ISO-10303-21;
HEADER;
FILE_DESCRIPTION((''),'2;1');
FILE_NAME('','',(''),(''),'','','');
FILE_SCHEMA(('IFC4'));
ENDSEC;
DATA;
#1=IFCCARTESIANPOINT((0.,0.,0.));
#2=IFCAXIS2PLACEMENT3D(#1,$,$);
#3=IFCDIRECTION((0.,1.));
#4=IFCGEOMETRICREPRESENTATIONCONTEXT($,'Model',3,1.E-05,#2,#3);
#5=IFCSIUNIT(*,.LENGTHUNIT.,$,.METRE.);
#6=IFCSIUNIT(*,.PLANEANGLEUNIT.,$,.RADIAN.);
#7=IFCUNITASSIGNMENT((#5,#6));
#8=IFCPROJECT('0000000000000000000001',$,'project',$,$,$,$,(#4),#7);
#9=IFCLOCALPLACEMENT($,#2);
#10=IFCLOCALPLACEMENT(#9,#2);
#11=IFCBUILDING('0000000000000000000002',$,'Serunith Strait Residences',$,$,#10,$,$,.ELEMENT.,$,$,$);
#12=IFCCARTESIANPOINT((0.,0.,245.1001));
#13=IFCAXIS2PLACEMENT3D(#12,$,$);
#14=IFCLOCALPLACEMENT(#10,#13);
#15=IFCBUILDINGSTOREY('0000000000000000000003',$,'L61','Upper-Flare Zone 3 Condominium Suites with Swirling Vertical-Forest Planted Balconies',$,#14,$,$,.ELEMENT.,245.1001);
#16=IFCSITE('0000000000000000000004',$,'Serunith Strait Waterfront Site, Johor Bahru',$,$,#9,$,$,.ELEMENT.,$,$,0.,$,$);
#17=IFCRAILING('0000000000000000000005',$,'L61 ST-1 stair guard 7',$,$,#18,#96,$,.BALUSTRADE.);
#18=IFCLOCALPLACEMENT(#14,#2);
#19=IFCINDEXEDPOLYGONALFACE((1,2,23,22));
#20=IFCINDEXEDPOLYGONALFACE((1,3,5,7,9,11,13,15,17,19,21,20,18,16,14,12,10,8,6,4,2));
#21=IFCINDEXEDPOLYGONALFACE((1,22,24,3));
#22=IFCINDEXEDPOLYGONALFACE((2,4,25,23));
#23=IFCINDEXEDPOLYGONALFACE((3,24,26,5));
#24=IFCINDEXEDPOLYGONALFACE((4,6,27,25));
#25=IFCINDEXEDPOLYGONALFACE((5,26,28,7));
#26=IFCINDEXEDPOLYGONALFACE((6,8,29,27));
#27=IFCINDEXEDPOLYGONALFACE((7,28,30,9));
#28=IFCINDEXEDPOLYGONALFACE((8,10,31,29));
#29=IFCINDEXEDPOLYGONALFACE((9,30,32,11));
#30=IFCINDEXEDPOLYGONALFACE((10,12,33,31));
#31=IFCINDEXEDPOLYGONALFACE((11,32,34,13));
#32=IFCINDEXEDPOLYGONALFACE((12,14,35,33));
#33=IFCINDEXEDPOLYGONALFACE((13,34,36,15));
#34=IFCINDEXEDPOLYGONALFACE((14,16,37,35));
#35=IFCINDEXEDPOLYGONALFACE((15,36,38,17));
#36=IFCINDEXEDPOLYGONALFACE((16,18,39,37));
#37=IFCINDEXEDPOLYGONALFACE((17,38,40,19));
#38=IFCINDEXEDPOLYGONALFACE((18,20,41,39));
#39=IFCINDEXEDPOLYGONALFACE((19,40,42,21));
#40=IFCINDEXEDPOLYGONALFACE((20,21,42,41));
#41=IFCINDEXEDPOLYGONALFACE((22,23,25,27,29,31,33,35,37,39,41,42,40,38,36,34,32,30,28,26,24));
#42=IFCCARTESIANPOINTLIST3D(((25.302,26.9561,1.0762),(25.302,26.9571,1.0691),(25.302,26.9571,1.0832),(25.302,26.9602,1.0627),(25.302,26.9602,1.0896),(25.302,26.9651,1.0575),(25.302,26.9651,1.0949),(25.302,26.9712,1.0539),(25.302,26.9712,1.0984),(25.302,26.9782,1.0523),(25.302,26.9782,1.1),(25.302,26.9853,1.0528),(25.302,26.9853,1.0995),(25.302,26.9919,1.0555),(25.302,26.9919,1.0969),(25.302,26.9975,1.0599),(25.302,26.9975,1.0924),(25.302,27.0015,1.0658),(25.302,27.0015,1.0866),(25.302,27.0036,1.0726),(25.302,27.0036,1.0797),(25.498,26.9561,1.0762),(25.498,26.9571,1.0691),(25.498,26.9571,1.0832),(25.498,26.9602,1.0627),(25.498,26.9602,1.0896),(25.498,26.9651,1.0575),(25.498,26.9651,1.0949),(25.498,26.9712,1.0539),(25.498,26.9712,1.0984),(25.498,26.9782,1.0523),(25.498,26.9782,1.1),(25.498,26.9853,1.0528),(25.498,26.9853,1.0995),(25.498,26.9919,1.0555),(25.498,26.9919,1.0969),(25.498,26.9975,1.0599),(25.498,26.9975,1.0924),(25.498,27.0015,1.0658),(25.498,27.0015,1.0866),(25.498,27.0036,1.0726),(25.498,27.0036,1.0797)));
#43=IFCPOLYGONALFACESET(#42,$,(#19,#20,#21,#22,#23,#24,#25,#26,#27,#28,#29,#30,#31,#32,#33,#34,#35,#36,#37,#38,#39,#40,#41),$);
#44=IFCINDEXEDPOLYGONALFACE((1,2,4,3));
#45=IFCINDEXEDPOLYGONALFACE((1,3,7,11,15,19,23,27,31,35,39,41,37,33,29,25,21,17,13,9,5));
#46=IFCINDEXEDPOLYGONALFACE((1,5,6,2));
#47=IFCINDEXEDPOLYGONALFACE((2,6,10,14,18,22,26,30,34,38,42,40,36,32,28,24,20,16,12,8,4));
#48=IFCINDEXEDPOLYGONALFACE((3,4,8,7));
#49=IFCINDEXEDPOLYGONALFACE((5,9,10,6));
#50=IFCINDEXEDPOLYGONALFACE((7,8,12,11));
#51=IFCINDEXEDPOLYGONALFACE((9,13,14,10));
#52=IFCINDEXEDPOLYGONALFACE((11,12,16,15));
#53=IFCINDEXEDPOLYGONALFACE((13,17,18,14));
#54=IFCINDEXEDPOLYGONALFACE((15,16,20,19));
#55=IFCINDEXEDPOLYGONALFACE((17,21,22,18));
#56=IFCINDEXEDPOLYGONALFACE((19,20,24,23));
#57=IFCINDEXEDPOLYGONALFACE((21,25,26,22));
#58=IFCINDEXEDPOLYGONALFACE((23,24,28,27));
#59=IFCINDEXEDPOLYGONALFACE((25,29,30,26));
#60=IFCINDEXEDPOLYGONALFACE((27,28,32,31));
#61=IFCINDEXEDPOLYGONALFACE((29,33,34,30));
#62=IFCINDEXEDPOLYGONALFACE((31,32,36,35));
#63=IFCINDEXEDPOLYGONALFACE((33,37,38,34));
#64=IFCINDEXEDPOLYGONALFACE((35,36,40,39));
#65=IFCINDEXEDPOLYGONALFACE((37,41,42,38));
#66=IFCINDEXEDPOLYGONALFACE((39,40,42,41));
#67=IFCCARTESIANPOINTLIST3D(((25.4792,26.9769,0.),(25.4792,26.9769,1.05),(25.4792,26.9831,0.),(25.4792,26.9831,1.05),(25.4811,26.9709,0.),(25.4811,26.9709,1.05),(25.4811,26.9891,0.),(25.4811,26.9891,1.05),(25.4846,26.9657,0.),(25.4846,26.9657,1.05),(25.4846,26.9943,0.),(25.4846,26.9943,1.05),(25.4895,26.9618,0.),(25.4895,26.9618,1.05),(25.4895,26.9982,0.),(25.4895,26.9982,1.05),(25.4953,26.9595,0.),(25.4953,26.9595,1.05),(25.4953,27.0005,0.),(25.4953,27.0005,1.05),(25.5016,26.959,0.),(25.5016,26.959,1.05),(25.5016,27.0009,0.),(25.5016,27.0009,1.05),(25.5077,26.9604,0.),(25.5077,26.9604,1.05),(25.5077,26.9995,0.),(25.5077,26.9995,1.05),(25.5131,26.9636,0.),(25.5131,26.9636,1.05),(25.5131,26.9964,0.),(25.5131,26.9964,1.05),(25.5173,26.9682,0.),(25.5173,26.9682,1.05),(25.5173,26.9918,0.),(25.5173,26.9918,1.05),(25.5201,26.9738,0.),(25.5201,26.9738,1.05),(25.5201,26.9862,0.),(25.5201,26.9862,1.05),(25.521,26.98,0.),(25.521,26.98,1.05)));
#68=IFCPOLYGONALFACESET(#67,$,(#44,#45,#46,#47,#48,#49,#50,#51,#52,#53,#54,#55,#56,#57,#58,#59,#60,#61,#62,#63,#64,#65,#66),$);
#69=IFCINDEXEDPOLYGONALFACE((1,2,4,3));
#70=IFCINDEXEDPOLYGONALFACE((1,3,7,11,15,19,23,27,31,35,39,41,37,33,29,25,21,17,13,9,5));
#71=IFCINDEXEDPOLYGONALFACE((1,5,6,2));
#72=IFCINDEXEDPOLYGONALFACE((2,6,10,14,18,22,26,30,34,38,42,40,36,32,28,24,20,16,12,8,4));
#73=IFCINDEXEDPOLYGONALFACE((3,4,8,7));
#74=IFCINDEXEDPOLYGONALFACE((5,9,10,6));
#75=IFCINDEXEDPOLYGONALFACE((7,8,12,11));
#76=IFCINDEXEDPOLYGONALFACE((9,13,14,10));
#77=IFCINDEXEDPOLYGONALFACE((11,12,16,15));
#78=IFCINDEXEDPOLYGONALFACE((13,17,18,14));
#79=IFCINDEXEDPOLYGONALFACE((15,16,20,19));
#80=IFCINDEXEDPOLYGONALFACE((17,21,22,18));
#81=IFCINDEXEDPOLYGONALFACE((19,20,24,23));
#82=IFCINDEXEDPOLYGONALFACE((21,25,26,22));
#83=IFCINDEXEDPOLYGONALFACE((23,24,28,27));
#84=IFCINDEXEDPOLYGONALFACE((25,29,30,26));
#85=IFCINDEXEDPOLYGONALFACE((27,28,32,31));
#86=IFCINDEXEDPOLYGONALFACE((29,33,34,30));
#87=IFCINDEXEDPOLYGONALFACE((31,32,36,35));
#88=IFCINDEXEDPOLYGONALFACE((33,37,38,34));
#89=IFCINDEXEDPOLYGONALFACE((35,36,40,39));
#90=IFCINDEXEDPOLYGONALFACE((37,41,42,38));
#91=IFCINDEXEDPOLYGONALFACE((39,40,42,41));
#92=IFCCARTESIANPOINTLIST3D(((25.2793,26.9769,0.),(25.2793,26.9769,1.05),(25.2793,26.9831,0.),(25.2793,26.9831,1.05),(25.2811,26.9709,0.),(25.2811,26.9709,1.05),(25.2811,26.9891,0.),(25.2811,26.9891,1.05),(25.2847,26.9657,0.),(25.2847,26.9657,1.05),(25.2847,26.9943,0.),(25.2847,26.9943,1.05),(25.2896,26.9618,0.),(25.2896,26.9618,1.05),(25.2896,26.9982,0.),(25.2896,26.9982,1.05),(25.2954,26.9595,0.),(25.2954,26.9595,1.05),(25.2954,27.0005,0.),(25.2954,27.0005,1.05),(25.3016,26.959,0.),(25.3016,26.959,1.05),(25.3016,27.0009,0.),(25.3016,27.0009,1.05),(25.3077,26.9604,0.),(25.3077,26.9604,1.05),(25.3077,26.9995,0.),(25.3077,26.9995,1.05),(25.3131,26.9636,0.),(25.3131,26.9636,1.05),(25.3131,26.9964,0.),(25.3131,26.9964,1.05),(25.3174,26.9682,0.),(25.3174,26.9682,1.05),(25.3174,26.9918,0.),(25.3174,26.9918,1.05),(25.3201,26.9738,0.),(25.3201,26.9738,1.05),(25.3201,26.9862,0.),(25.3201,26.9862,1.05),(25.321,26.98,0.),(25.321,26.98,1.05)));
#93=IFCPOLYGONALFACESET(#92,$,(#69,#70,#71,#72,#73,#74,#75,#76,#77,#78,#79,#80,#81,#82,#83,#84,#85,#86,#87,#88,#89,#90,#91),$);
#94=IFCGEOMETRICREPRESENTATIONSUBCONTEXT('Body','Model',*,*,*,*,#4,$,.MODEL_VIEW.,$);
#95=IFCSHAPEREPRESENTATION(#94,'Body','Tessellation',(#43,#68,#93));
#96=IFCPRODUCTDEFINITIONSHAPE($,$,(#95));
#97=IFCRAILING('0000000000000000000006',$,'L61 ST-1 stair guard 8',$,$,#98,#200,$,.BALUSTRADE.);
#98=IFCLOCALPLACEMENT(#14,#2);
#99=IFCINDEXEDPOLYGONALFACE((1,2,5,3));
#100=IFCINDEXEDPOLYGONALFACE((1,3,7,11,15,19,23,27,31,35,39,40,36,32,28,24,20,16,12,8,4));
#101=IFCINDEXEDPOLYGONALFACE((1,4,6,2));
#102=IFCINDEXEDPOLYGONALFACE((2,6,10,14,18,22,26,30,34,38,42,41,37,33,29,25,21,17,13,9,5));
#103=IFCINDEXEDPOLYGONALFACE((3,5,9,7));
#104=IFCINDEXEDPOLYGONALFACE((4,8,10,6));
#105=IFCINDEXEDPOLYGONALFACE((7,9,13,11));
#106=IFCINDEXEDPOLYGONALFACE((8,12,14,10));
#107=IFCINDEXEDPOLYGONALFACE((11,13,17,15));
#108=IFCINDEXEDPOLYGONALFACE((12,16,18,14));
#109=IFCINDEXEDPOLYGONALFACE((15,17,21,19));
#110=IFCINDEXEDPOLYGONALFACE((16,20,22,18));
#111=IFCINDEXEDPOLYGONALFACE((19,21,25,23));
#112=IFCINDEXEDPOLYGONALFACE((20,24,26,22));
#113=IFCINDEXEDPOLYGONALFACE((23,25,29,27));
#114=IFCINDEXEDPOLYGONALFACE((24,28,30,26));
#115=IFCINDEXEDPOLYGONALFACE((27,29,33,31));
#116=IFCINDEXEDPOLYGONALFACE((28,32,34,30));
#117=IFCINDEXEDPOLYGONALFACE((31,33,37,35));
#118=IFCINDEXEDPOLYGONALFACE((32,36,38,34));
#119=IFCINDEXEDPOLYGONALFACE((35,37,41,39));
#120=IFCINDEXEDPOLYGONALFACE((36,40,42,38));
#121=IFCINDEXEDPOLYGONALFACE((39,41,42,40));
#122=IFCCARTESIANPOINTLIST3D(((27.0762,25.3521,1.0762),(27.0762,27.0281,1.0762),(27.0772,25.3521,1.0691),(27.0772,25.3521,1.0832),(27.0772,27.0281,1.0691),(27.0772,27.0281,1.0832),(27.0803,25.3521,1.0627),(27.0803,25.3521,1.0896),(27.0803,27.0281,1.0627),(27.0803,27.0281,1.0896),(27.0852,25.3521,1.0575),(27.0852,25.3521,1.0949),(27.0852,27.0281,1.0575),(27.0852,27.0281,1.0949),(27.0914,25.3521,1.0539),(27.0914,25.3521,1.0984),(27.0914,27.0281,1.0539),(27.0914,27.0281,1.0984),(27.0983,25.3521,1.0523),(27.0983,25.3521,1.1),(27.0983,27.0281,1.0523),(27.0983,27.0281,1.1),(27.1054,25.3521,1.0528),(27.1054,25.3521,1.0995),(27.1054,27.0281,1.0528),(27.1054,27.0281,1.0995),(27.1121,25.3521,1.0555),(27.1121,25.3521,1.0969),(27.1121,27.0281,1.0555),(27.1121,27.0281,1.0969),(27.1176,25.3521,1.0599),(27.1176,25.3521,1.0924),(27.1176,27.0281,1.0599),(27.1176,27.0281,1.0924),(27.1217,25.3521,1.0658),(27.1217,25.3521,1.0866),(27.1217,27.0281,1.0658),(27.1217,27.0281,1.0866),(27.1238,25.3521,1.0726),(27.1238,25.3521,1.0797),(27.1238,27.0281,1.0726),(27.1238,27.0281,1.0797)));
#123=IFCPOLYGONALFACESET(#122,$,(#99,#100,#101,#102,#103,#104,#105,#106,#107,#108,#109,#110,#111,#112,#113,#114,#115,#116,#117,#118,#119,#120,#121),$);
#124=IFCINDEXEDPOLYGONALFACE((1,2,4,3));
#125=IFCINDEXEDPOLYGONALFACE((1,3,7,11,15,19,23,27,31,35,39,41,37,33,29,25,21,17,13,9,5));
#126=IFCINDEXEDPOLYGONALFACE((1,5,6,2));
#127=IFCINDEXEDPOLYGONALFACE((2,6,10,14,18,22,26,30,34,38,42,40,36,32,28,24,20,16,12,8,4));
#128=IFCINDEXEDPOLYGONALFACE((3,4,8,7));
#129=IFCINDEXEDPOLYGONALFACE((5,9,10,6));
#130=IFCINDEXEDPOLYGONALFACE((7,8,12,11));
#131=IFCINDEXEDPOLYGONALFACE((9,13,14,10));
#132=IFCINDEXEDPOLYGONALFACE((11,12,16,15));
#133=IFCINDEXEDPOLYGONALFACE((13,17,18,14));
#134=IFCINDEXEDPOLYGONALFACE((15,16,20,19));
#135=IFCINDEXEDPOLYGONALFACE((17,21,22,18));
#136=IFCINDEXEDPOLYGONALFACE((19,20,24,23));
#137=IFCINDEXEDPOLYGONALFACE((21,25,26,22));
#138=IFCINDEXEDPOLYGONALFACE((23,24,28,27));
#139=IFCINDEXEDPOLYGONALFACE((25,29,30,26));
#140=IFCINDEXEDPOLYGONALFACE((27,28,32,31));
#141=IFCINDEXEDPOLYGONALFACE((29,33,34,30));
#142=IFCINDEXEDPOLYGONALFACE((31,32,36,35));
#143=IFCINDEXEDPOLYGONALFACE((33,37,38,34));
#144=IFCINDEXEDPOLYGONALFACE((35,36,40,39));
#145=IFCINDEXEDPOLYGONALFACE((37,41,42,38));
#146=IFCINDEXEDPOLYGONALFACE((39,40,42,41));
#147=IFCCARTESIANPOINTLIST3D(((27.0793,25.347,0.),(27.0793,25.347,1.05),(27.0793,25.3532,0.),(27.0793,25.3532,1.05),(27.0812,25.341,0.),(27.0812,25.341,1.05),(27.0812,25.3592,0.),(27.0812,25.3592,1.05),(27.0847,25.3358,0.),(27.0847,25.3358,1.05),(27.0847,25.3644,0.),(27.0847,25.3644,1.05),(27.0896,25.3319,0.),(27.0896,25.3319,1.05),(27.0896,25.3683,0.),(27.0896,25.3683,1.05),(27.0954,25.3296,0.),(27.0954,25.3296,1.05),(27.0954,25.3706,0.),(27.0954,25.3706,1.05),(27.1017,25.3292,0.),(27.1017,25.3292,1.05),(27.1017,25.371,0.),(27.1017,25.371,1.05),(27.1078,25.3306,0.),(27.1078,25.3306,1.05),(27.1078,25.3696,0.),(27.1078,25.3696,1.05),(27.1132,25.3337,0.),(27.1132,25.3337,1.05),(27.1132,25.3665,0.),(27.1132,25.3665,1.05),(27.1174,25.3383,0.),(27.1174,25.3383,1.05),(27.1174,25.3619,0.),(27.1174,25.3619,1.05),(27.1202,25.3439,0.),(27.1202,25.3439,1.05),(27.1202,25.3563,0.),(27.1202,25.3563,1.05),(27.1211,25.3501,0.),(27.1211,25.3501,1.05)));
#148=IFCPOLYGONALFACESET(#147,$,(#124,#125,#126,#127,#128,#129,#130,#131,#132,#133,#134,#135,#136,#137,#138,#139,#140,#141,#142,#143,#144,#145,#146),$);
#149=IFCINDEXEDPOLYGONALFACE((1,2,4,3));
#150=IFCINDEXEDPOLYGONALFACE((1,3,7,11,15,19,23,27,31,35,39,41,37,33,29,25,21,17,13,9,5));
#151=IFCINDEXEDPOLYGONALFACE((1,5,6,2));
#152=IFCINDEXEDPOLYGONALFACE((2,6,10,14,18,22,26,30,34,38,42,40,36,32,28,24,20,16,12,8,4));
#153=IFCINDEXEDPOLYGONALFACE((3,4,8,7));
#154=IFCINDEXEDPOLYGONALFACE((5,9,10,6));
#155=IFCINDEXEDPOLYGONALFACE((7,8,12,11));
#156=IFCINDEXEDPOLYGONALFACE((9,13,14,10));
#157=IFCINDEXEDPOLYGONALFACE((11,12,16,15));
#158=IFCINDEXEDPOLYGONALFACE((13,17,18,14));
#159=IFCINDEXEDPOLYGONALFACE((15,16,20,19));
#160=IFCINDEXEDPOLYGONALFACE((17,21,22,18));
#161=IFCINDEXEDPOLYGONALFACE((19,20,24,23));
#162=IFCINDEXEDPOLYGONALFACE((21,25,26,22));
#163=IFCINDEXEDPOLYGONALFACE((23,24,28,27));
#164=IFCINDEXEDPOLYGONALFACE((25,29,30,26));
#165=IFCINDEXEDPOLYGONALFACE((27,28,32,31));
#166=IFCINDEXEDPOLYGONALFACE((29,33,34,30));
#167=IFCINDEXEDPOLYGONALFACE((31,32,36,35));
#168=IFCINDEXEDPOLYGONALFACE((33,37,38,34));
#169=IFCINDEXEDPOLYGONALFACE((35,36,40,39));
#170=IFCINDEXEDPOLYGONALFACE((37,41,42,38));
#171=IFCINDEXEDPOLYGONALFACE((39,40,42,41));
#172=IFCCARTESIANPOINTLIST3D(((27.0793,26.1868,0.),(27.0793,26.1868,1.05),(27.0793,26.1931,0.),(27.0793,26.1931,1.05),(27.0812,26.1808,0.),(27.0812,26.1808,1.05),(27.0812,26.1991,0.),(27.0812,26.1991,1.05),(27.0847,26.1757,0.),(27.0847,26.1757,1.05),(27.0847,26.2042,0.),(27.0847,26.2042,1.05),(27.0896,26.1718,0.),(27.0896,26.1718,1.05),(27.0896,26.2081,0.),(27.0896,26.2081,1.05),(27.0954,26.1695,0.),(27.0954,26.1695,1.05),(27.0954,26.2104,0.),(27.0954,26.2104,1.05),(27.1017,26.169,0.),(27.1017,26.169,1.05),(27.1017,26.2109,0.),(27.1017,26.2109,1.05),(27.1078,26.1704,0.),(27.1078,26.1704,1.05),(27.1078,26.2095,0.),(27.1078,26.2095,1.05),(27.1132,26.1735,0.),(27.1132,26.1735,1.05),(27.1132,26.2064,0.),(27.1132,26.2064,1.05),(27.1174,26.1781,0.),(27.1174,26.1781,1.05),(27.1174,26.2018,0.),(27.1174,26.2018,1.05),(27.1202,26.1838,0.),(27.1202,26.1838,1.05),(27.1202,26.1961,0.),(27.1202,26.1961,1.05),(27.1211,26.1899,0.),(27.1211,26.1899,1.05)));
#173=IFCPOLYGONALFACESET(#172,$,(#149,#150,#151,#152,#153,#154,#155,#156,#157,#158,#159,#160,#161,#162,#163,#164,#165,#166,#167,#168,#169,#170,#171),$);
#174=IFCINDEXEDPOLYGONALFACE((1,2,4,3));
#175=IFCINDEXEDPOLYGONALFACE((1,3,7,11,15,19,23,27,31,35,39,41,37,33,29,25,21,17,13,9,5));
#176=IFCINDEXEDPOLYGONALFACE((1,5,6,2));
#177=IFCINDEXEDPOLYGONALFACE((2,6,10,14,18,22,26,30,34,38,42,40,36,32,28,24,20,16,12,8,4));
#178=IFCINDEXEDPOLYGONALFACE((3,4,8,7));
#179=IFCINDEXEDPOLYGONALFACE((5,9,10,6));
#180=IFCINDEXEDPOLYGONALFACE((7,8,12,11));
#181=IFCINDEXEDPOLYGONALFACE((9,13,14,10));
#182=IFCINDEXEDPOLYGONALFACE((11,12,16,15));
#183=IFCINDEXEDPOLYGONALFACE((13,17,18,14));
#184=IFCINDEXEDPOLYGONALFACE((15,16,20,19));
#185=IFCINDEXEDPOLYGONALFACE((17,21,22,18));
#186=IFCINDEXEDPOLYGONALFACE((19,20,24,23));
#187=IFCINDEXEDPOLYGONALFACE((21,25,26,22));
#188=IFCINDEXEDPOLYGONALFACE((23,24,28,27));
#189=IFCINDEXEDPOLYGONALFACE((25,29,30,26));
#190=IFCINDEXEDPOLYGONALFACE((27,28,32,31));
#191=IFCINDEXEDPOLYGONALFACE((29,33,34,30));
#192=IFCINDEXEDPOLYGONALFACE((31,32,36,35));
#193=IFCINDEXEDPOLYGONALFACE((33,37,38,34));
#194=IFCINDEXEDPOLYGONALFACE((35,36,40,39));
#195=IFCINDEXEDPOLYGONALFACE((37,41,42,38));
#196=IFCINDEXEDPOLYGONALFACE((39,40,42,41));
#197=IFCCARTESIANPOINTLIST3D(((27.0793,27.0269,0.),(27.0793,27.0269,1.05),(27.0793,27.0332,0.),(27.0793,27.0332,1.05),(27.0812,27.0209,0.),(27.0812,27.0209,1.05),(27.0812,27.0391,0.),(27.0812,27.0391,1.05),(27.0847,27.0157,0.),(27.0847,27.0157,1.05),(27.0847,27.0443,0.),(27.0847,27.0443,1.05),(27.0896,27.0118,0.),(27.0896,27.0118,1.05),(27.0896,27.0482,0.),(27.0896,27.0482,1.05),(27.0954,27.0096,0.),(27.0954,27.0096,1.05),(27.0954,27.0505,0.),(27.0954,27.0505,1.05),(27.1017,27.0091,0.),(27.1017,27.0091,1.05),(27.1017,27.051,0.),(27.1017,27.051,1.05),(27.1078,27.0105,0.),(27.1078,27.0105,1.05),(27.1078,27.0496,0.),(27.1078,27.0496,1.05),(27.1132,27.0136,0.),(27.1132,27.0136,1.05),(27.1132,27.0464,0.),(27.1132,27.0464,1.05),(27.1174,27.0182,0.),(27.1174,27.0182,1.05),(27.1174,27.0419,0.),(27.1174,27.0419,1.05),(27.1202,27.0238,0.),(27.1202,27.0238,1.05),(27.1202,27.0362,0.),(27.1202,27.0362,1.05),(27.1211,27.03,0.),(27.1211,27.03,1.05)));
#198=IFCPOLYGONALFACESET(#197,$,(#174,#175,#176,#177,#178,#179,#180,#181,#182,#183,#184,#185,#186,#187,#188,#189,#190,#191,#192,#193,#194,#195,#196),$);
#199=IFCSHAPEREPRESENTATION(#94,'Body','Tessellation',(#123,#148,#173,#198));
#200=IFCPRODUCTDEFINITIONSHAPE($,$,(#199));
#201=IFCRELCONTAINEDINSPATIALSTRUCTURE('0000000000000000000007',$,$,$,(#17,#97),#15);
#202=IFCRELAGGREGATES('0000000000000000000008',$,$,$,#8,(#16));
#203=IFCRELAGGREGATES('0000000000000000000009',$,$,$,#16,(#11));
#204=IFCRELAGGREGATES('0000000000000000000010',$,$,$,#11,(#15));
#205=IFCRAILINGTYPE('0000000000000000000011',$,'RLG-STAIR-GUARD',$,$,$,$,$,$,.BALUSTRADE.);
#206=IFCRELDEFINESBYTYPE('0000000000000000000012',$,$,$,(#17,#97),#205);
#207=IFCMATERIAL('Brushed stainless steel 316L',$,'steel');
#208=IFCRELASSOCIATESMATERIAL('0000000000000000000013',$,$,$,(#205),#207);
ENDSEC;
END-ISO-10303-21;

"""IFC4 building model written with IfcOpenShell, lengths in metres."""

from ifc_helpers import new_model, si_unit, direction, frame, origin, origin_2d, place, context, subcontext, project, spatial, circle, extrude, material, type_object, element, save


model = new_model("IFC4")

# Units and contexts
model_context = context("Model", 3, precision=1e-05, world=origin(), true_north=direction((0.0, 1.0)))
body_context = subcontext(model_context, "Body", "Model", "MODEL_VIEW")
ifc_project = project(units=[si_unit("LENGTHUNIT", "METRE"), si_unit("PLANEANGLEUNIT", "RADIAN")], contexts=[model_context])

# Site, building, storey
site_placement = place(None, origin())
site = spatial("IfcSite", under=ifc_project, at=site_placement, Name="Serunith Strait Waterfront Site, Johor Bahru", CompositionType="ELEMENT", RefElevation=0.0)
building_placement = place(site_placement, origin())
building = spatial("IfcBuilding", under=site, at=building_placement, Name="Serunith Strait Residences", CompositionType="ELEMENT")
storey_placement = place(building_placement, frame((0.0, 0.0, 245.1001)))
storey = spatial("IfcBuildingStorey", under=building, at=storey_placement, Name="L61", Description="Upper-Flare Zone 3 Condominium Suites with Swirling Vertical-Forest Planted Balconies", CompositionType="ELEMENT", Elevation=245.1001)

# Railings
ifc_material_1 = material(Name="Brushed stainless steel 316L", Category="steel")
railing_type_1 = type_object("IfcRailingType", Name="RLG-STAIR-GUARD", PredefinedType="BALUSTRADE", material=ifc_material_1)
railing_1_placement = place(storey_placement, frame((25.5, 26.98, 0.0)))
element("IfcRailing", 1, at=railing_1_placement, inside=storey, type_object=railing_type_1, Name="L61 ST-1 stair guard 7", PredefinedType="BALUSTRADE", context=body_context, shape_type="SweptSolid", body=[
    extrude(circle(Radius=0.0239, at=origin_2d()), frame((-0.002, 0.0, 1.0762), z_axis=(-1.0, 0.0, 0.0), x_axis=(0.0, -1.0, 0.0)), (0.0, 0.0, 1.0), 0.196),
    extrude(circle(Radius=0.021, at=origin_2d()), origin(), (0.0, 0.0, 1.0), 1.05),
    extrude(circle(Radius=0.021, at=origin_2d()), frame((-0.2, 0.0, 0.0)), (0.0, 0.0, 1.0), 1.05),
])
for number, where, name in (
    (2, (27.1001, 25.3501, 0.0), "L61 ST-1 stair guard 8"),
):
    element("IfcRailing", number, at=place(storey_placement, frame(where)), inside=storey, type_object=railing_type_1, Name=name, PredefinedType="BALUSTRADE", context=body_context, shape_type="SweptSolid", body=[
        extrude(circle(Radius=0.0239, at=origin_2d()), frame((0.0, 0.002, 1.0762), z_axis=(0.0, 1.0, 0.0), x_axis=(-1.0, 0.0, 0.0)), (0.0, 0.0, 1.0), 1.676),
        extrude(circle(Radius=0.021, at=origin_2d()), origin(), (0.0, 0.0, 1.0), 1.05),
        extrude(circle(Radius=0.021, at=origin_2d()), frame((0.0, 0.8398, 0.0)), (0.0, 0.0, 1.0), 1.05),
        extrude(circle(Radius=0.021, at=origin_2d()), frame((0.0, 1.6799, 0.0)), (0.0, 0.0, 1.0), 1.05),
    ])

save(model, "model.ifc")
